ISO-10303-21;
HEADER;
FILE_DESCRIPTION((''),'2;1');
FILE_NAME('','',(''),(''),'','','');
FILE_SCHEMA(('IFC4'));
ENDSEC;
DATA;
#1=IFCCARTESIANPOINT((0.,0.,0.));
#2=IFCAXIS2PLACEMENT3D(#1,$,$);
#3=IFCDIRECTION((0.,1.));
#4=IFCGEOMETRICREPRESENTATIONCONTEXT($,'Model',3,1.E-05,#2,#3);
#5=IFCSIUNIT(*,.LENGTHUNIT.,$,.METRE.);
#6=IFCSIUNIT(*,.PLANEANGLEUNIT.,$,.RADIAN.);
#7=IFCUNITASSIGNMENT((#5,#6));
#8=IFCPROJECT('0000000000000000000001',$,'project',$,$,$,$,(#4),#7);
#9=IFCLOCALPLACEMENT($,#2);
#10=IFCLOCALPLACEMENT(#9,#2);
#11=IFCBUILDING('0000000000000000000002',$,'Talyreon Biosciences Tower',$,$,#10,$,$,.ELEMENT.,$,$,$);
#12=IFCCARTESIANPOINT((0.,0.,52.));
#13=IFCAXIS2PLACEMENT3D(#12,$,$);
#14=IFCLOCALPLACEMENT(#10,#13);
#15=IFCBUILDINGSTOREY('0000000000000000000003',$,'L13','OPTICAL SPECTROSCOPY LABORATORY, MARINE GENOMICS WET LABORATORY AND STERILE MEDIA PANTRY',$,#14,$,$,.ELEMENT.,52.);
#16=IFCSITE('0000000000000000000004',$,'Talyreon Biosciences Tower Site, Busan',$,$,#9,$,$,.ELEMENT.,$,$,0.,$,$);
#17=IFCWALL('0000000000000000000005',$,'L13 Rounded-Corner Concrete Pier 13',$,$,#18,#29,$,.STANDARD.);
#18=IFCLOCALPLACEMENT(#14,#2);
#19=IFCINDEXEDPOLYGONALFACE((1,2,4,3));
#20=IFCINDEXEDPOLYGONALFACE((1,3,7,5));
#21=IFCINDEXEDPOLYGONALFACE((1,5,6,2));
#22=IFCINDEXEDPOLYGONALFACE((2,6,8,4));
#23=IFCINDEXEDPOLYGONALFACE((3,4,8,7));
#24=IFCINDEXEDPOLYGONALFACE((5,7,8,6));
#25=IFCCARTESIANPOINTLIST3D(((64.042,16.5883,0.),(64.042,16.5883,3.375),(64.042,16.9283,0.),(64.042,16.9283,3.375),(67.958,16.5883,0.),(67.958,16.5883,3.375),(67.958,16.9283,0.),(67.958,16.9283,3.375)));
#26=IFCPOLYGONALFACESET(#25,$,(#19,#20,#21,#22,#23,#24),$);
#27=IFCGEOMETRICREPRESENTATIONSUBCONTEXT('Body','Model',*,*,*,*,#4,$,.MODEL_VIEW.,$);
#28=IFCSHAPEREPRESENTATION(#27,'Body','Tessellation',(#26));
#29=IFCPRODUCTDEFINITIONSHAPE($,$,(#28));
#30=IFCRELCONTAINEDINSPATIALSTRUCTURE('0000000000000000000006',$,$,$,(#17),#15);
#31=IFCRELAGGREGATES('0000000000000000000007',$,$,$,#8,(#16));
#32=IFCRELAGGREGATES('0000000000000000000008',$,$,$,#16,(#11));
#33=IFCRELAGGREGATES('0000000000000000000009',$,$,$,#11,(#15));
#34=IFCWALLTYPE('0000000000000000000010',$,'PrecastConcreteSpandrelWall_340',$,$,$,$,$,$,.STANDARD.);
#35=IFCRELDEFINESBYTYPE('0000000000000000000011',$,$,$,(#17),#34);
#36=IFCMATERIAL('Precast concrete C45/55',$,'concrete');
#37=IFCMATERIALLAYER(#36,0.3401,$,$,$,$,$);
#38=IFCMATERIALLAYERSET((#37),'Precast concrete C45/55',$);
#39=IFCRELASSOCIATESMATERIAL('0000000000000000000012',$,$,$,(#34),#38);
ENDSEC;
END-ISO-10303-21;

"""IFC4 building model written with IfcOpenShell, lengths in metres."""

from ifc_helpers import new_model, si_unit, direction, frame, frame_2d, origin, place, context, subcontext, project, spatial, rectangle, extrude, material, layer, layer_set, type_object, element, save


model = new_model("IFC4")

# Units and contexts
model_context = context("Model", 3, precision=1e-05, world=origin(), true_north=direction((0.0, 1.0)))
body_context = subcontext(model_context, "Body", "Model", "MODEL_VIEW")
ifc_project = project(units=[si_unit("LENGTHUNIT", "METRE"), si_unit("PLANEANGLEUNIT", "RADIAN")], contexts=[model_context])

# Site, building, storey
site_placement = place(None, origin())
site = spatial("IfcSite", under=ifc_project, at=site_placement, Name="Talyreon Biosciences Tower Site, Busan", CompositionType="ELEMENT", RefElevation=0.0)
building_placement = place(site_placement, origin())
building = spatial("IfcBuilding", under=site, at=building_placement, Name="Talyreon Biosciences Tower", CompositionType="ELEMENT")
storey_placement = place(building_placement, frame((0.0, 0.0, 52.0)))
storey = spatial("IfcBuildingStorey", under=building, at=storey_placement, Name="L13", Description="OPTICAL SPECTROSCOPY LABORATORY, MARINE GENOMICS WET LABORATORY AND STERILE MEDIA PANTRY", CompositionType="ELEMENT", Elevation=52.0)

# Shared definitions
ifc_material_1 = material(Name="Precast concrete C45/55", Category="concrete")

# Wall
ifc_layer_1 = layer(ifc_material_1, 0.3401)
ifc_layer_set_1 = layer_set([ifc_layer_1], Name="Precast concrete C45/55")
wall_type_1 = type_object("IfcWallType", Name="PrecastConcreteSpandrelWall_340", PredefinedType="STANDARD", material=ifc_layer_set_1)
wall_1_placement = place(storey_placement, frame((67.958, 16.7583, 0.0), z_axis=(0.0, 0.0, 1.0), x_axis=(-1.0, 0.0, 0.0)))
element("IfcWall", 1, at=wall_1_placement, inside=storey, type_object=wall_type_1, Name="L13 Rounded-Corner Concrete Pier 13", PredefinedType="STANDARD", context=body_context, shape_type="SweptSolid", body=[
    extrude(rectangle(XDim=3.916, YDim=0.3401, at=frame_2d((1.958, 0.0))), origin(), (0.0, 0.0, 1.0), 3.375),
])

save(model, "model.ifc")
